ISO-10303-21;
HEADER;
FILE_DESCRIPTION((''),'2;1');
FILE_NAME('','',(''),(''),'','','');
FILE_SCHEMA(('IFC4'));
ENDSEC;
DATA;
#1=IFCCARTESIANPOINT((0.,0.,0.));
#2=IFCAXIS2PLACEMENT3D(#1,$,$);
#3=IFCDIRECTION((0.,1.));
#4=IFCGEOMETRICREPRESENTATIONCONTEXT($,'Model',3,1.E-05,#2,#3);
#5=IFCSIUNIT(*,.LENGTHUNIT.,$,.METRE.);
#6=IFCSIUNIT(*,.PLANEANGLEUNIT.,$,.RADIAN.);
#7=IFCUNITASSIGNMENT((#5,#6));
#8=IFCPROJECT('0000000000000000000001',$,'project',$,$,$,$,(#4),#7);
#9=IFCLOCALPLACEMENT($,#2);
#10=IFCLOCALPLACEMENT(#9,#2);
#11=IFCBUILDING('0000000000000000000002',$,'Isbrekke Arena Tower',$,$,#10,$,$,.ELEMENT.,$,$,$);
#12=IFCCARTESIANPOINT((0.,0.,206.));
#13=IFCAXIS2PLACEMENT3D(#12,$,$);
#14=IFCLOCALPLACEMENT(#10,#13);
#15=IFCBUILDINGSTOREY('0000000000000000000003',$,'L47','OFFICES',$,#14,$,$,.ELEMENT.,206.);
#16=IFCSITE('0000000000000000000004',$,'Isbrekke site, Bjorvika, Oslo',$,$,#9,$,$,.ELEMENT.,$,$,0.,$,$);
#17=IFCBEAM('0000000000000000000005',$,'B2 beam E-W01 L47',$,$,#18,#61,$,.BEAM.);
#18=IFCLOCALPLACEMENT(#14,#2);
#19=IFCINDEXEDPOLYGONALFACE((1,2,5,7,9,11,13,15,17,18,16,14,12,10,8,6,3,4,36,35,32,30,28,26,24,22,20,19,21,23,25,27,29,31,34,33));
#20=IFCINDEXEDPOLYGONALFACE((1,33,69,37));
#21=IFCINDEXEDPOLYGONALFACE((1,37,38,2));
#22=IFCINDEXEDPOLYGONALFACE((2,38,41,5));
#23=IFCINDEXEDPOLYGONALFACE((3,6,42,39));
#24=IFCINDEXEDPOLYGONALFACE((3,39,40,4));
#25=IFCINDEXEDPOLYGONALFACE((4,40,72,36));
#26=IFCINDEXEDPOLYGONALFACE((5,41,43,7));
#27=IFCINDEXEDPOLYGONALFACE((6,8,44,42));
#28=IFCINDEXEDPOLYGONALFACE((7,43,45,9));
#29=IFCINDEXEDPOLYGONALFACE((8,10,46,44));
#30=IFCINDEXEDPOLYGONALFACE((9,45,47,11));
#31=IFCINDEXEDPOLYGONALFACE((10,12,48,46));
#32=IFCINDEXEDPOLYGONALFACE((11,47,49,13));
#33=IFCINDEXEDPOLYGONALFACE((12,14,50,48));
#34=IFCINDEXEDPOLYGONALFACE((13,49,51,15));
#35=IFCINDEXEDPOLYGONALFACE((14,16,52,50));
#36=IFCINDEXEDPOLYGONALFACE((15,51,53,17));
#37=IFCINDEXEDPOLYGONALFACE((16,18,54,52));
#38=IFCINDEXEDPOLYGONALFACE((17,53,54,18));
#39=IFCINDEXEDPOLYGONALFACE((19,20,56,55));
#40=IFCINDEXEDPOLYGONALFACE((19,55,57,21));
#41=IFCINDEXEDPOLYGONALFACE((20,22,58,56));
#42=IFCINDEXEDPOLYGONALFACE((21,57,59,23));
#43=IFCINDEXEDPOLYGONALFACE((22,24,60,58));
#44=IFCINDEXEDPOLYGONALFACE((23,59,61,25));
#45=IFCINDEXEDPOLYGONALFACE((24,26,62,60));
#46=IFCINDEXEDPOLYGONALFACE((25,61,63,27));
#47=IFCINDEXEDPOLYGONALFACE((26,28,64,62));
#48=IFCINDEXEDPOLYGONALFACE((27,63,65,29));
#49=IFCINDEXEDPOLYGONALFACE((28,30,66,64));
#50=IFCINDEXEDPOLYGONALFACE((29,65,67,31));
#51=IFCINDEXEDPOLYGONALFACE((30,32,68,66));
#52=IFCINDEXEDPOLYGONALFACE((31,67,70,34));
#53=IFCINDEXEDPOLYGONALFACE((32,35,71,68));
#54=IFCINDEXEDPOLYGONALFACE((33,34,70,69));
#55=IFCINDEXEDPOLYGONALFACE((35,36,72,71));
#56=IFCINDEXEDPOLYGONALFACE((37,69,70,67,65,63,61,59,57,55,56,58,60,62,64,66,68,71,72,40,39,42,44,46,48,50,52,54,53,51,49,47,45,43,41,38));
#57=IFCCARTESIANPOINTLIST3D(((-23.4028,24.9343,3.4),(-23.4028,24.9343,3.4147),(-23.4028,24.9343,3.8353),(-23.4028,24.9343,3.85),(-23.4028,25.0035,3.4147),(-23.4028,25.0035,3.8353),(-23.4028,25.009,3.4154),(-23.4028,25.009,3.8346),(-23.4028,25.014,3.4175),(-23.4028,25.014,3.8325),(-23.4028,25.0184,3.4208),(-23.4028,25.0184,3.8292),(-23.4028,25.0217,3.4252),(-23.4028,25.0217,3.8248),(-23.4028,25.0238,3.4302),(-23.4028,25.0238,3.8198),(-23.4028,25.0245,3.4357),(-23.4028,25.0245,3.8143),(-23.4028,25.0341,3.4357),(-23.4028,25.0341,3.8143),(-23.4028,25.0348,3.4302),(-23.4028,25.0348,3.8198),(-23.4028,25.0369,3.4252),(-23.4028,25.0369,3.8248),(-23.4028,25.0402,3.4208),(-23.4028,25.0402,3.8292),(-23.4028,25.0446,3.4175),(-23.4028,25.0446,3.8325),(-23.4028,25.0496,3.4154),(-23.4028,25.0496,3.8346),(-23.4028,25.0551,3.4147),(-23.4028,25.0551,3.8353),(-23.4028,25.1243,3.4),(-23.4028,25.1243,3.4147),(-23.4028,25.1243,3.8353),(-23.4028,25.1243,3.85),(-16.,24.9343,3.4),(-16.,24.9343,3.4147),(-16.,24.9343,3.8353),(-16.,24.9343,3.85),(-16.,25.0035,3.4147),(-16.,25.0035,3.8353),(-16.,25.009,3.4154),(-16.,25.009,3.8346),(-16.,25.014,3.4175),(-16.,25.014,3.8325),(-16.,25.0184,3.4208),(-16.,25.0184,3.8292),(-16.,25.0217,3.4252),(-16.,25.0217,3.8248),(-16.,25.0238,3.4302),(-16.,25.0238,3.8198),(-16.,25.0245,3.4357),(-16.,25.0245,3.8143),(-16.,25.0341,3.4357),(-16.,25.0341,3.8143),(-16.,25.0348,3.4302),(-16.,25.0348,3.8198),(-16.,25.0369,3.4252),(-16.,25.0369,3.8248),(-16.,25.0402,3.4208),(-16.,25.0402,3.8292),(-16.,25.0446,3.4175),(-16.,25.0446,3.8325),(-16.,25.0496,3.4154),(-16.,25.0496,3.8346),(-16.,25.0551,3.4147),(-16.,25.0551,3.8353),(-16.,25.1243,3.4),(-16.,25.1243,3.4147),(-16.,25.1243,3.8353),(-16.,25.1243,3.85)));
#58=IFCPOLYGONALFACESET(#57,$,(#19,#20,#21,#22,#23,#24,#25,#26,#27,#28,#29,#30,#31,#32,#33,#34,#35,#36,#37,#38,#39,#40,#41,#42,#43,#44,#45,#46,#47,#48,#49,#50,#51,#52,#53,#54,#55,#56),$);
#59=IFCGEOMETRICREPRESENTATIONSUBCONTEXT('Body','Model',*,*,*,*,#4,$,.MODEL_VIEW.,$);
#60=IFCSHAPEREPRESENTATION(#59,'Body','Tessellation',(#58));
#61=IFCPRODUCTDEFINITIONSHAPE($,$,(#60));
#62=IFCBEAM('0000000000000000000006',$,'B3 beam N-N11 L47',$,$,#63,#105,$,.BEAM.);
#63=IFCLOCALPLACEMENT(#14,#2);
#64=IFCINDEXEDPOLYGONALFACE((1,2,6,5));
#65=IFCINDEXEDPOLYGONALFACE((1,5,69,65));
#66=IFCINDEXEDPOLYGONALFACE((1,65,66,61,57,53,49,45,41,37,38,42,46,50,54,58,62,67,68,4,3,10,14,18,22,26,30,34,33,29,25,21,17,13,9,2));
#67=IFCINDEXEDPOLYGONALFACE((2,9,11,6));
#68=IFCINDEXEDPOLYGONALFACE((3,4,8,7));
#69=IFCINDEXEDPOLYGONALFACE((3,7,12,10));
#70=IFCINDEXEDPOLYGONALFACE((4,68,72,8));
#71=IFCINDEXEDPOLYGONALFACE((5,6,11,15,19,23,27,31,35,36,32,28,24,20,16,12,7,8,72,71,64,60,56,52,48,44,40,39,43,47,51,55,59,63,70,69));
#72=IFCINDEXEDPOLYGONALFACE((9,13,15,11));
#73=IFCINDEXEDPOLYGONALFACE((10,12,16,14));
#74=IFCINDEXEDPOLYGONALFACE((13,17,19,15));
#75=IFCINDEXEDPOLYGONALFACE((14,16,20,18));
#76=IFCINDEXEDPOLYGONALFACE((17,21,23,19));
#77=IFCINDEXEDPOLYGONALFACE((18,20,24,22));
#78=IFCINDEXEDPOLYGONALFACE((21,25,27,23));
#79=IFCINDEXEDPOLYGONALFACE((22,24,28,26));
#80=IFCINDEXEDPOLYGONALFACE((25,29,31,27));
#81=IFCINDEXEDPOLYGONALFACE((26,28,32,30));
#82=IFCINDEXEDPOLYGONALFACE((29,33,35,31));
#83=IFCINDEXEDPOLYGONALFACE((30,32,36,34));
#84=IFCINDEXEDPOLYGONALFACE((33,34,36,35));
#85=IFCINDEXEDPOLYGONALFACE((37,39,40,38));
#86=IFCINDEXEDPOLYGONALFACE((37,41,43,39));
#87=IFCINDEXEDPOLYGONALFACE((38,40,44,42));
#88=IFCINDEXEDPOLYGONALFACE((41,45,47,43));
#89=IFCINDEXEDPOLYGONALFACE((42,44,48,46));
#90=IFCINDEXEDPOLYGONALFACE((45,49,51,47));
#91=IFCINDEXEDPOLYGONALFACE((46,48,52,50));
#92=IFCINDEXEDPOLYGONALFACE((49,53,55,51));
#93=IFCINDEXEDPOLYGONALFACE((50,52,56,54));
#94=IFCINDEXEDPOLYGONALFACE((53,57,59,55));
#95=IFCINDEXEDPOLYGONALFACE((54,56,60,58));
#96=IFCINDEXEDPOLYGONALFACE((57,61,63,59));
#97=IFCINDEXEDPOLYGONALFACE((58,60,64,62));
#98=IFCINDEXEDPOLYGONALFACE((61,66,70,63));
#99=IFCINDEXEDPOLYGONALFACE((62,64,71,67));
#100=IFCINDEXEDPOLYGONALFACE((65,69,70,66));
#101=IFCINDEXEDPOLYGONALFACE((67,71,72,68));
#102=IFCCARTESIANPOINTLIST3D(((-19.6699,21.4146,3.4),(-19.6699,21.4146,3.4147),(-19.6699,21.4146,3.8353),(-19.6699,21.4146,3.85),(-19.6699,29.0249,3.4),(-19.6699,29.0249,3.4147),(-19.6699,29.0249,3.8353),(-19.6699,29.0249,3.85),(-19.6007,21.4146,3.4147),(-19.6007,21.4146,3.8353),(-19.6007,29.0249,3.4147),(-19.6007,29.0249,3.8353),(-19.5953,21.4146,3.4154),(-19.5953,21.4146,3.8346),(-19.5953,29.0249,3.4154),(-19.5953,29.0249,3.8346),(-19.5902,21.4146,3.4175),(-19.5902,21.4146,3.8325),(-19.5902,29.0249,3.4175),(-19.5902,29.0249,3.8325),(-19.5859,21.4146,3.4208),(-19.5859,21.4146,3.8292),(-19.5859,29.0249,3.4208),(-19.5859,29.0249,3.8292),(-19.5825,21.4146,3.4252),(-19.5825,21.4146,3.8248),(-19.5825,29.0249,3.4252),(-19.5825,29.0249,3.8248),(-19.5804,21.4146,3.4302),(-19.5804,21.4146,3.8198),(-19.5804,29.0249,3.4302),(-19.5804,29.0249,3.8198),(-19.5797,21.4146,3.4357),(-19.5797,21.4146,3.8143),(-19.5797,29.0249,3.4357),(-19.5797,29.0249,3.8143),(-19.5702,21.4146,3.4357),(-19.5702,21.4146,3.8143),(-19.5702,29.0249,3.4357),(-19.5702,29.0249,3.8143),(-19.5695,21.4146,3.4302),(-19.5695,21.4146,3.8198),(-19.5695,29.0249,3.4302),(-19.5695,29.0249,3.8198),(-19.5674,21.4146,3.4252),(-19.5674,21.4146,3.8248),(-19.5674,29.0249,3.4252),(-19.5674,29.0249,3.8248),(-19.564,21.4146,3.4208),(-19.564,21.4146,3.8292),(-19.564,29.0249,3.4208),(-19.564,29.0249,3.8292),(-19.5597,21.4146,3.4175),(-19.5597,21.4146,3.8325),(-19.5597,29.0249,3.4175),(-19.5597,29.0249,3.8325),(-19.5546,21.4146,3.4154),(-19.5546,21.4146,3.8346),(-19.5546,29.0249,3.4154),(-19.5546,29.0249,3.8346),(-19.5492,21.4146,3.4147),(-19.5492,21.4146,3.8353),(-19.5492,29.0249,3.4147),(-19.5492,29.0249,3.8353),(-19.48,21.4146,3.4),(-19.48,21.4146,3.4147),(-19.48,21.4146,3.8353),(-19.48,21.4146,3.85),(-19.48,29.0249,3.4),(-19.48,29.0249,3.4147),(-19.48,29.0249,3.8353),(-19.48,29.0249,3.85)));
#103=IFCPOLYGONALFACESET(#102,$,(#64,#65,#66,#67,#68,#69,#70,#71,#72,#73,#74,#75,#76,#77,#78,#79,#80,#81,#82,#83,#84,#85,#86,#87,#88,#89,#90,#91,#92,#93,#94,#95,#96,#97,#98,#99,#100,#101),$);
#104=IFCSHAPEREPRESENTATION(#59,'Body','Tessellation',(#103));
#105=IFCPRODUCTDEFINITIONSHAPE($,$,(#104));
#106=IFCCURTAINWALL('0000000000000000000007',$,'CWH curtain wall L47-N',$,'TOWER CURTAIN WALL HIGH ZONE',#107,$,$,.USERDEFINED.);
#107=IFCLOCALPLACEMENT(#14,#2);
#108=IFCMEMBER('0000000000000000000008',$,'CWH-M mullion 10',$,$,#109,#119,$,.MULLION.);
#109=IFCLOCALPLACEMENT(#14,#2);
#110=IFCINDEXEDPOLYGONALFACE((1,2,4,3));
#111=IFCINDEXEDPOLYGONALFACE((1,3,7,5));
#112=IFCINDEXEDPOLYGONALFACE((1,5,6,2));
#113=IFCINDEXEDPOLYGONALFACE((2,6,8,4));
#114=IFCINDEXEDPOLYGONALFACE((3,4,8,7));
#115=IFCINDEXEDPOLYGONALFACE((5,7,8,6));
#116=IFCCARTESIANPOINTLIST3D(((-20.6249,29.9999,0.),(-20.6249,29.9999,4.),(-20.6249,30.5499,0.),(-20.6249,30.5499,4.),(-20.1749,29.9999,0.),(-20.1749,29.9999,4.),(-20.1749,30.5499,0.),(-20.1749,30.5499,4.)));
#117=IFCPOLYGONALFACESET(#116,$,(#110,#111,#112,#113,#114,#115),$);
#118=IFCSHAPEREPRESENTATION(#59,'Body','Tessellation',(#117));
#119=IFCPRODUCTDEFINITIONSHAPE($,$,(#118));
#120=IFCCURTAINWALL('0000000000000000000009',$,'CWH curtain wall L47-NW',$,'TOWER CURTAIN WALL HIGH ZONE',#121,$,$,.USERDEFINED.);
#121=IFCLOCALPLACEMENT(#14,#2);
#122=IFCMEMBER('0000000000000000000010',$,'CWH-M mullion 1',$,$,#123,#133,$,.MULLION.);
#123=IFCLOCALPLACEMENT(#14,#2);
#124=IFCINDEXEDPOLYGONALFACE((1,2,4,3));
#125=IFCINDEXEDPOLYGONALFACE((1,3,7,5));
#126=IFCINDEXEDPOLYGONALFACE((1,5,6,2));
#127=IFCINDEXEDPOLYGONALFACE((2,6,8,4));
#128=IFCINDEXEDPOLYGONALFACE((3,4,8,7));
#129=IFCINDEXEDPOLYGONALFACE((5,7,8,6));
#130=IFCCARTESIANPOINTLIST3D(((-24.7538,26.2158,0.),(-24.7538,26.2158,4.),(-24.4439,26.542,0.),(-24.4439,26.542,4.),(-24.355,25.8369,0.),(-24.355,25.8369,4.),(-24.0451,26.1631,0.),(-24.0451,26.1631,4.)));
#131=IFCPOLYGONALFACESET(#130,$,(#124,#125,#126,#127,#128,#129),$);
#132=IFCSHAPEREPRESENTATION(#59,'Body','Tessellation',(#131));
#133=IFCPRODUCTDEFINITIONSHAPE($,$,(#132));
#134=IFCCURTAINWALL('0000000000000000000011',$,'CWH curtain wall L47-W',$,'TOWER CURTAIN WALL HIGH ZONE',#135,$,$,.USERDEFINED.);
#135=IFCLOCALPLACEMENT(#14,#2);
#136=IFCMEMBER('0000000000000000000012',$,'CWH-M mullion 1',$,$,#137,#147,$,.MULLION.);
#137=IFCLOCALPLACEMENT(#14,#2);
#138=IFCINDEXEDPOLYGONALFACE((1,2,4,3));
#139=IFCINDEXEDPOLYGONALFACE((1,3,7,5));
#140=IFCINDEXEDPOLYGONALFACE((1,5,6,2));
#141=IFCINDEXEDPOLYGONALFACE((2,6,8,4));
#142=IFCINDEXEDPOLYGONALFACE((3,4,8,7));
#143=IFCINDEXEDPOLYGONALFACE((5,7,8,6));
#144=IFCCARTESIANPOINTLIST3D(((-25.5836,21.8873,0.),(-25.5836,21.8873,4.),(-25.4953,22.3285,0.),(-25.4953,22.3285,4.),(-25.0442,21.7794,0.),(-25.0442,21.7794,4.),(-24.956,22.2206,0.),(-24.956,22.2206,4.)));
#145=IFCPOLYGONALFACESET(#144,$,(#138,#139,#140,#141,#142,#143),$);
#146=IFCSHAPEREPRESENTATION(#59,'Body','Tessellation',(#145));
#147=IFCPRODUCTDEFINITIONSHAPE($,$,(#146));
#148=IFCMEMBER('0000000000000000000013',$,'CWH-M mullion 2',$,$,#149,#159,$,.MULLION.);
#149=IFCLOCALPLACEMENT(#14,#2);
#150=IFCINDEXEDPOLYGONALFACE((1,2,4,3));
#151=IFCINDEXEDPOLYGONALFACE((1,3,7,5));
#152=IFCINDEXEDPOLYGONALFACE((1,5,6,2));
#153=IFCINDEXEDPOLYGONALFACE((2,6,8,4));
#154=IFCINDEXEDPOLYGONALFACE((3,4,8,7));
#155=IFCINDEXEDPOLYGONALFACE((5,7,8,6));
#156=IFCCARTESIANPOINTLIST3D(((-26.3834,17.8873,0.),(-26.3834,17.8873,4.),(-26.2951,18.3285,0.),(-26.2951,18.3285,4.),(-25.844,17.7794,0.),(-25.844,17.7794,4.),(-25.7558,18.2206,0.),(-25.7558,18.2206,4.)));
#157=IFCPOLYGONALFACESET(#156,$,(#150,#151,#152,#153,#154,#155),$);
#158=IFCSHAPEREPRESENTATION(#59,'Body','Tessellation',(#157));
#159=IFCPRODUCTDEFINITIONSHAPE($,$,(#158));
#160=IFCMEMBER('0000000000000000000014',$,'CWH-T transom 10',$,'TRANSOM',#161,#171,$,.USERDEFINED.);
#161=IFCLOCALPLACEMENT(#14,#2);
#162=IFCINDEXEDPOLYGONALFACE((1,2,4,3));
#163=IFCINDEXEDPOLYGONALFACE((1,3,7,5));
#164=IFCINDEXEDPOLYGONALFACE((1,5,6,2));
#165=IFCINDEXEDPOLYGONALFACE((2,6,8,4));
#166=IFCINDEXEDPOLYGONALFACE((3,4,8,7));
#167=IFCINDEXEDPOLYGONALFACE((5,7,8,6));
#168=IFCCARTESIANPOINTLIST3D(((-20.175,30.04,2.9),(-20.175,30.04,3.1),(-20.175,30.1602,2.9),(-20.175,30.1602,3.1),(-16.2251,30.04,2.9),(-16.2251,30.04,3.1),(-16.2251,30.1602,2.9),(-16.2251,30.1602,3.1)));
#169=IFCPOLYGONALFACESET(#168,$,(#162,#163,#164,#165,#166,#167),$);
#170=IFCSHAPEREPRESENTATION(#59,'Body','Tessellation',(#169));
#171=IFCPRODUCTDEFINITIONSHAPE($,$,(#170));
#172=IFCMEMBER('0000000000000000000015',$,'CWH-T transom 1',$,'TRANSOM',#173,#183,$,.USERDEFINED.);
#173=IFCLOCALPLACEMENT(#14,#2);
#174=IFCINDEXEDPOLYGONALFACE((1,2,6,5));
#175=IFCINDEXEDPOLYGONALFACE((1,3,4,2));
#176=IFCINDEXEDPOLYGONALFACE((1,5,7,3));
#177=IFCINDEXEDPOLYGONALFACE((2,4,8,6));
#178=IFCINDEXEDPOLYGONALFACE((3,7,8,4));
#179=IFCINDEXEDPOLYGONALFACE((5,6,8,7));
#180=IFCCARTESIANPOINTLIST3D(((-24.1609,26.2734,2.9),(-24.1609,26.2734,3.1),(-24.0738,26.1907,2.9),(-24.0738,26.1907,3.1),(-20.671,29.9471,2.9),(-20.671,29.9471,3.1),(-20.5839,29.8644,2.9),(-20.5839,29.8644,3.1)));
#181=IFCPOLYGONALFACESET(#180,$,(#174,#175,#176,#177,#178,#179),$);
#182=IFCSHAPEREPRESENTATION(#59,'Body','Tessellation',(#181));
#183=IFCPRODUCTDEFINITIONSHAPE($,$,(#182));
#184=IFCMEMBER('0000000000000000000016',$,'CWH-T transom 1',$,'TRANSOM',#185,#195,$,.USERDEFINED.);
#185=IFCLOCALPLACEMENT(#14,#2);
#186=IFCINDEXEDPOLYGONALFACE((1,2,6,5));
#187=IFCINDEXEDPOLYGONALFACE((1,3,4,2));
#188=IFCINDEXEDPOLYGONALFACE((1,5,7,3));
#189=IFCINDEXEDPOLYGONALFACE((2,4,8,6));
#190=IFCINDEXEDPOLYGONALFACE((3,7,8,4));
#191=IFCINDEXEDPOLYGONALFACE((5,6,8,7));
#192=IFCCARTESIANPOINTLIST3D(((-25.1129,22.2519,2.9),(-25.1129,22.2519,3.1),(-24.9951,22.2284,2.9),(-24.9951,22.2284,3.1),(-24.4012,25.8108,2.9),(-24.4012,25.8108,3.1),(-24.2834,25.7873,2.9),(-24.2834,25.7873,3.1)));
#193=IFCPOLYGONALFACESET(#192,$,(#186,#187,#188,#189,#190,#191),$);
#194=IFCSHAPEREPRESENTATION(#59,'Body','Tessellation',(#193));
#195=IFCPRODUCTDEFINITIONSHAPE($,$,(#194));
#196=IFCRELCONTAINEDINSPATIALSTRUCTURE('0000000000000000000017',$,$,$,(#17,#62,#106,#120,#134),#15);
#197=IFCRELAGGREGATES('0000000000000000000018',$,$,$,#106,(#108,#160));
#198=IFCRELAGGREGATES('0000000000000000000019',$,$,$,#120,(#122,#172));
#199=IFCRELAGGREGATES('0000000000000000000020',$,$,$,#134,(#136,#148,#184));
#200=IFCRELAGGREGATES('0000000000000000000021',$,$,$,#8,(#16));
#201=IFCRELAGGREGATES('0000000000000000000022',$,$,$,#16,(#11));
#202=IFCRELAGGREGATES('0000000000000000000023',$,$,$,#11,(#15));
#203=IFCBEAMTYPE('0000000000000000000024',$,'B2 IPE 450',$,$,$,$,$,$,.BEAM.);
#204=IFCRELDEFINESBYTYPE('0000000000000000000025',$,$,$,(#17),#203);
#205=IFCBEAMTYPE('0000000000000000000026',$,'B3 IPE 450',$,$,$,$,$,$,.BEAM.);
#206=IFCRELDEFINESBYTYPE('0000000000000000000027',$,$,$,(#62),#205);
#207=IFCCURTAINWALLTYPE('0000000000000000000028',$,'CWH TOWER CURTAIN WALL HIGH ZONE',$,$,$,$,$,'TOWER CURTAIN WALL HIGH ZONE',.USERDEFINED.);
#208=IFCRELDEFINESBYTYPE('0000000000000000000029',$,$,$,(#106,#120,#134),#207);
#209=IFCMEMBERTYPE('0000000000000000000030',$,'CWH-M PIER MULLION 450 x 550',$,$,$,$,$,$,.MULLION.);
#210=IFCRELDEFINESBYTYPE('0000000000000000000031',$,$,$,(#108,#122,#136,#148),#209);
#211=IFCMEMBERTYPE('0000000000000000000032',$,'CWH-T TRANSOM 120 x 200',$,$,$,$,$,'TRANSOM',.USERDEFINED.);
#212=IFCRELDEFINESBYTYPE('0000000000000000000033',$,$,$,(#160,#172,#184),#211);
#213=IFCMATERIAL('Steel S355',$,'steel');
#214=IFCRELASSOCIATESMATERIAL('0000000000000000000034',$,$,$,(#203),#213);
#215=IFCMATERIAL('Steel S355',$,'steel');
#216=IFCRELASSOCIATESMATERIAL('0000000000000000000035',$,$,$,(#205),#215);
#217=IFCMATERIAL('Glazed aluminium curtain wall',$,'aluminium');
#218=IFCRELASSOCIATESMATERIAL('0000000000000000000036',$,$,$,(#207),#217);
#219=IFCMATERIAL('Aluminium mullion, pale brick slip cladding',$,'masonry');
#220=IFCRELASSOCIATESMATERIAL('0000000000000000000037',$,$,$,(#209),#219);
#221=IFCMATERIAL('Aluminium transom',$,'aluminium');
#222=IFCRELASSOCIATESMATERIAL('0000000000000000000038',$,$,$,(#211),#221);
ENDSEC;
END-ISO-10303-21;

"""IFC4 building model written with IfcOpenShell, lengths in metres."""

from ifc_helpers import new_model, si_unit, direction, frame, origin, origin_2d, place, context, subcontext, project, spatial, rectangle, i_section, extrude, material, material_profile, profile_set, type_object, element, aggregate, save


model = new_model("IFC4")

# Units and contexts
model_context = context("Model", 3, precision=1e-05, world=origin(), true_north=direction((0.0, 1.0)))
body_context = subcontext(model_context, "Body", "Model", "MODEL_VIEW")
ifc_project = project(units=[si_unit("LENGTHUNIT", "METRE"), si_unit("PLANEANGLEUNIT", "RADIAN")], contexts=[model_context])

# Site, building, storey
site_placement = place(None, origin())
site = spatial("IfcSite", under=ifc_project, at=site_placement, Name="Isbrekke site, Bjorvika, Oslo", CompositionType="ELEMENT", RefElevation=0.0)
building_placement = place(site_placement, origin())
building = spatial("IfcBuilding", under=site, at=building_placement, Name="Isbrekke Arena Tower", CompositionType="ELEMENT")
storey_placement = place(building_placement, frame((0.0, 0.0, 206.0)))
storey = spatial("IfcBuildingStorey", under=building, at=storey_placement, Name="L47", Description="OFFICES", CompositionType="ELEMENT", Elevation=206.0)

# Beams
ifc_material_1 = material(Name="Steel S355", Category="steel")
ifc_material_profile_1 = material_profile(ifc_material_1, i_section(OverallWidth=0.1899, OverallDepth=0.45, WebThickness=0.0095, FlangeThickness=0.0146, FilletRadius=0.021, at=origin_2d()), Name="IPE 450")
ifc_profile_set_1 = profile_set([ifc_material_profile_1], Name="Steel S355")
beam_type_1 = type_object("IfcBeamType", Name="B2 IPE 450", PredefinedType="BEAM", material=ifc_profile_set_1)
beam_1_placement = place(storey_placement, frame((-23.4028, 25.0293, 3.625), z_axis=(1.0, 0.0, 0.0), x_axis=(0.0, 1.0, 0.0)))
element("IfcBeam", 1, at=beam_1_placement, inside=storey, type_object=beam_type_1, Name="B2 beam E-W01 L47", PredefinedType="BEAM", context=body_context, shape_type="SweptSolid", body=[
    extrude(i_section(OverallWidth=0.1899, OverallDepth=0.45, WebThickness=0.0095, FlangeThickness=0.0146, FilletRadius=0.021, at=origin_2d()), origin(), (0.0, 0.0, 1.0), 7.4028),
])
ifc_material_2 = material(Name="Steel S355", Category="steel")
ifc_material_profile_2 = material_profile(ifc_material_2, i_section(OverallWidth=0.1899, OverallDepth=0.45, WebThickness=0.0095, FlangeThickness=0.0146, FilletRadius=0.021, at=origin_2d()), Name="IPE 450")
ifc_profile_set_2 = profile_set([ifc_material_profile_2], Name="Steel S355")
beam_type_2 = type_object("IfcBeamType", Name="B3 IPE 450", PredefinedType="BEAM", material=ifc_profile_set_2)
beam_2_placement = place(storey_placement, frame((-19.575, 29.0249, 3.625), z_axis=(0.0, -1.0, 0.0), x_axis=(1.0, 0.0, 0.0)))
element("IfcBeam", 2, at=beam_2_placement, inside=storey, type_object=beam_type_2, Name="B3 beam N-N11 L47", PredefinedType="BEAM", context=body_context, shape_type="SweptSolid", body=[
    extrude(i_section(OverallWidth=0.1899, OverallDepth=0.45, WebThickness=0.0095, FlangeThickness=0.0146, FilletRadius=0.021, at=origin_2d()), origin(), (0.0, 0.0, 1.0), 7.6104),
])

# Curtain walls, members
ifc_material_3 = material(Name="Glazed aluminium curtain wall", Category="aluminium")
curtain_wall_type = type_object("IfcCurtainWallType", Name="CWH TOWER CURTAIN WALL HIGH ZONE", ElementType="TOWER CURTAIN WALL HIGH ZONE", PredefinedType="USERDEFINED", material=ifc_material_3)
curtain_wall_1_placement = place(storey_placement, origin())
curtain_wall_1 = element("IfcCurtainWall", 3, at=curtain_wall_1_placement, inside=storey, type_object=curtain_wall_type, Name="CWH curtain wall L47-N", ObjectType="TOWER CURTAIN WALL HIGH ZONE", PredefinedType="USERDEFINED")
ifc_material_4 = material(Name="Aluminium mullion, pale brick slip cladding", Category="masonry")
ifc_material_profile_3 = material_profile(ifc_material_4, rectangle(XDim=0.45, YDim=0.55, at=origin_2d()), Name="PIER 450X550")
ifc_profile_set_3 = profile_set([ifc_material_profile_3], Name="Aluminium mullion, pale brick slip cladding")
member_type_1 = type_object("IfcMemberType", Name="CWH-M PIER MULLION 450 x 550", PredefinedType="MULLION", material=ifc_profile_set_3)
member_1_placement = place(storey_placement, frame((-20.3999, 30.2749, 0.0), z_axis=(0.0, 0.0, 1.0), x_axis=(-1.0, 0.0, 0.0)))
member_1 = element("IfcMember", 4, at=member_1_placement, type_object=member_type_1, Name="CWH-M mullion 10", PredefinedType="MULLION", context=body_context, shape_type="SweptSolid", body=[
    extrude(rectangle(XDim=0.45, YDim=0.55, at=origin_2d()), origin(), (0.0, 0.0, 1.0), 4.0),
])
curtain_wall_2_placement = place(storey_placement, origin())
curtain_wall_2 = element("IfcCurtainWall", 5, at=curtain_wall_2_placement, inside=storey, type_object=curtain_wall_type, Name="CWH curtain wall L47-NW", ObjectType="TOWER CURTAIN WALL HIGH ZONE", PredefinedType="USERDEFINED")
member_2_placement = place(storey_placement, frame((-24.3994, 26.1895, 0.0), z_axis=(0.0, 0.0, 1.0), x_axis=(-0.688749, -0.724999, 0.0)))
member_2 = element("IfcMember", 6, at=member_2_placement, type_object=member_type_1, Name="CWH-M mullion 1", PredefinedType="MULLION", context=body_context, shape_type="SweptSolid", body=[
    extrude(rectangle(XDim=0.45, YDim=0.55, at=origin_2d()), origin(), (0.0, 0.0, 1.0), 4.0),
])

# Curtain wall, members
curtain_wall_3_placement = place(storey_placement, origin())
curtain_wall_3 = element("IfcCurtainWall", 7, at=curtain_wall_3_placement, inside=storey, type_object=curtain_wall_type, Name="CWH curtain wall L47-W", ObjectType="TOWER CURTAIN WALL HIGH ZONE", PredefinedType="USERDEFINED")
member_3_placement = place(storey_placement, frame((-25.2698, 22.054, 0.0), z_axis=(0.0, 0.0, 1.0), x_axis=(-0.196116, -0.980581, 0.0)))
member_3 = element("IfcMember", 8, at=member_3_placement, type_object=member_type_1, Name="CWH-M mullion 1", PredefinedType="MULLION", context=body_context, shape_type="SweptSolid", body=[
    extrude(rectangle(XDim=0.45, YDim=0.55, at=origin_2d()), origin(), (0.0, 0.0, 1.0), 4.0),
])
member_4_placement = place(storey_placement, frame((-26.0696, 18.054, 0.0), z_axis=(0.0, 0.0, 1.0), x_axis=(-0.196116, -0.980581, 0.0)))
member_4 = element("IfcMember", 9, at=member_4_placement, type_object=member_type_1, Name="CWH-M mullion 2", PredefinedType="MULLION", context=body_context, shape_type="SweptSolid", body=[
    extrude(rectangle(XDim=0.45, YDim=0.55, at=origin_2d()), origin(), (0.0, 0.0, 1.0), 4.0),
])

# Members
ifc_material_5 = material(Name="Aluminium transom", Category="aluminium")
ifc_material_profile_4 = material_profile(ifc_material_5, rectangle(XDim=0.1201, YDim=0.2, at=origin_2d()), Name="TRANSOM 120X200")
ifc_profile_set_4 = profile_set([ifc_material_profile_4], Name="Aluminium transom")
member_type_2 = type_object("IfcMemberType", Name="CWH-T TRANSOM 120 x 200", ElementType="TRANSOM", PredefinedType="USERDEFINED", material=ifc_profile_set_4)
member_5_placement = place(storey_placement, frame((-16.2251, 30.1001, 3.0), z_axis=(-1.0, 0.0, 0.0), x_axis=(0.0, -1.0, 0.0)))
member_5 = element("IfcMember", 10, at=member_5_placement, type_object=member_type_2, Name="CWH-T transom 10", ObjectType="TRANSOM", PredefinedType="USERDEFINED", context=body_context, shape_type="SweptSolid", body=[
    extrude(rectangle(XDim=0.1201, YDim=0.2, at=origin_2d()), origin(), (0.0, 0.0, 1.0), 3.95),
])
member_6_placement = place(storey_placement, frame((-20.6274, 29.9058, 3.0), z_axis=(-0.688734, -0.725014, 0.0), x_axis=(0.725014, -0.688734, 0.0)))
member_6 = element("IfcMember", 11, at=member_6_placement, type_object=member_type_2, Name="CWH-T transom 1", ObjectType="TRANSOM", PredefinedType="USERDEFINED", context=body_context, shape_type="SweptSolid", body=[
    extrude(rectangle(XDim=0.1201, YDim=0.2, at=origin_2d()), origin(), (0.0, 0.0, 1.0), 5.0671),
])
member_7_placement = place(storey_placement, frame((-24.3423, 25.7991, 3.0), z_axis=(-0.19609, -0.980586, 0.0), x_axis=(0.980586, -0.19609, 0.0)))
member_7 = element("IfcMember", 12, at=member_7_placement, type_object=member_type_2, Name="CWH-T transom 1", ObjectType="TRANSOM", PredefinedType="USERDEFINED", context=body_context, shape_type="SweptSolid", body=[
    extrude(rectangle(XDim=0.1201, YDim=0.2, at=origin_2d()), origin(), (0.0, 0.0, 1.0), 3.6294),
])

aggregate(curtain_wall_1, [member_1, member_5])
aggregate(curtain_wall_2, [member_2, member_6])
aggregate(curtain_wall_3, [member_3, member_4, member_7])

save(model, "model.ifc")
